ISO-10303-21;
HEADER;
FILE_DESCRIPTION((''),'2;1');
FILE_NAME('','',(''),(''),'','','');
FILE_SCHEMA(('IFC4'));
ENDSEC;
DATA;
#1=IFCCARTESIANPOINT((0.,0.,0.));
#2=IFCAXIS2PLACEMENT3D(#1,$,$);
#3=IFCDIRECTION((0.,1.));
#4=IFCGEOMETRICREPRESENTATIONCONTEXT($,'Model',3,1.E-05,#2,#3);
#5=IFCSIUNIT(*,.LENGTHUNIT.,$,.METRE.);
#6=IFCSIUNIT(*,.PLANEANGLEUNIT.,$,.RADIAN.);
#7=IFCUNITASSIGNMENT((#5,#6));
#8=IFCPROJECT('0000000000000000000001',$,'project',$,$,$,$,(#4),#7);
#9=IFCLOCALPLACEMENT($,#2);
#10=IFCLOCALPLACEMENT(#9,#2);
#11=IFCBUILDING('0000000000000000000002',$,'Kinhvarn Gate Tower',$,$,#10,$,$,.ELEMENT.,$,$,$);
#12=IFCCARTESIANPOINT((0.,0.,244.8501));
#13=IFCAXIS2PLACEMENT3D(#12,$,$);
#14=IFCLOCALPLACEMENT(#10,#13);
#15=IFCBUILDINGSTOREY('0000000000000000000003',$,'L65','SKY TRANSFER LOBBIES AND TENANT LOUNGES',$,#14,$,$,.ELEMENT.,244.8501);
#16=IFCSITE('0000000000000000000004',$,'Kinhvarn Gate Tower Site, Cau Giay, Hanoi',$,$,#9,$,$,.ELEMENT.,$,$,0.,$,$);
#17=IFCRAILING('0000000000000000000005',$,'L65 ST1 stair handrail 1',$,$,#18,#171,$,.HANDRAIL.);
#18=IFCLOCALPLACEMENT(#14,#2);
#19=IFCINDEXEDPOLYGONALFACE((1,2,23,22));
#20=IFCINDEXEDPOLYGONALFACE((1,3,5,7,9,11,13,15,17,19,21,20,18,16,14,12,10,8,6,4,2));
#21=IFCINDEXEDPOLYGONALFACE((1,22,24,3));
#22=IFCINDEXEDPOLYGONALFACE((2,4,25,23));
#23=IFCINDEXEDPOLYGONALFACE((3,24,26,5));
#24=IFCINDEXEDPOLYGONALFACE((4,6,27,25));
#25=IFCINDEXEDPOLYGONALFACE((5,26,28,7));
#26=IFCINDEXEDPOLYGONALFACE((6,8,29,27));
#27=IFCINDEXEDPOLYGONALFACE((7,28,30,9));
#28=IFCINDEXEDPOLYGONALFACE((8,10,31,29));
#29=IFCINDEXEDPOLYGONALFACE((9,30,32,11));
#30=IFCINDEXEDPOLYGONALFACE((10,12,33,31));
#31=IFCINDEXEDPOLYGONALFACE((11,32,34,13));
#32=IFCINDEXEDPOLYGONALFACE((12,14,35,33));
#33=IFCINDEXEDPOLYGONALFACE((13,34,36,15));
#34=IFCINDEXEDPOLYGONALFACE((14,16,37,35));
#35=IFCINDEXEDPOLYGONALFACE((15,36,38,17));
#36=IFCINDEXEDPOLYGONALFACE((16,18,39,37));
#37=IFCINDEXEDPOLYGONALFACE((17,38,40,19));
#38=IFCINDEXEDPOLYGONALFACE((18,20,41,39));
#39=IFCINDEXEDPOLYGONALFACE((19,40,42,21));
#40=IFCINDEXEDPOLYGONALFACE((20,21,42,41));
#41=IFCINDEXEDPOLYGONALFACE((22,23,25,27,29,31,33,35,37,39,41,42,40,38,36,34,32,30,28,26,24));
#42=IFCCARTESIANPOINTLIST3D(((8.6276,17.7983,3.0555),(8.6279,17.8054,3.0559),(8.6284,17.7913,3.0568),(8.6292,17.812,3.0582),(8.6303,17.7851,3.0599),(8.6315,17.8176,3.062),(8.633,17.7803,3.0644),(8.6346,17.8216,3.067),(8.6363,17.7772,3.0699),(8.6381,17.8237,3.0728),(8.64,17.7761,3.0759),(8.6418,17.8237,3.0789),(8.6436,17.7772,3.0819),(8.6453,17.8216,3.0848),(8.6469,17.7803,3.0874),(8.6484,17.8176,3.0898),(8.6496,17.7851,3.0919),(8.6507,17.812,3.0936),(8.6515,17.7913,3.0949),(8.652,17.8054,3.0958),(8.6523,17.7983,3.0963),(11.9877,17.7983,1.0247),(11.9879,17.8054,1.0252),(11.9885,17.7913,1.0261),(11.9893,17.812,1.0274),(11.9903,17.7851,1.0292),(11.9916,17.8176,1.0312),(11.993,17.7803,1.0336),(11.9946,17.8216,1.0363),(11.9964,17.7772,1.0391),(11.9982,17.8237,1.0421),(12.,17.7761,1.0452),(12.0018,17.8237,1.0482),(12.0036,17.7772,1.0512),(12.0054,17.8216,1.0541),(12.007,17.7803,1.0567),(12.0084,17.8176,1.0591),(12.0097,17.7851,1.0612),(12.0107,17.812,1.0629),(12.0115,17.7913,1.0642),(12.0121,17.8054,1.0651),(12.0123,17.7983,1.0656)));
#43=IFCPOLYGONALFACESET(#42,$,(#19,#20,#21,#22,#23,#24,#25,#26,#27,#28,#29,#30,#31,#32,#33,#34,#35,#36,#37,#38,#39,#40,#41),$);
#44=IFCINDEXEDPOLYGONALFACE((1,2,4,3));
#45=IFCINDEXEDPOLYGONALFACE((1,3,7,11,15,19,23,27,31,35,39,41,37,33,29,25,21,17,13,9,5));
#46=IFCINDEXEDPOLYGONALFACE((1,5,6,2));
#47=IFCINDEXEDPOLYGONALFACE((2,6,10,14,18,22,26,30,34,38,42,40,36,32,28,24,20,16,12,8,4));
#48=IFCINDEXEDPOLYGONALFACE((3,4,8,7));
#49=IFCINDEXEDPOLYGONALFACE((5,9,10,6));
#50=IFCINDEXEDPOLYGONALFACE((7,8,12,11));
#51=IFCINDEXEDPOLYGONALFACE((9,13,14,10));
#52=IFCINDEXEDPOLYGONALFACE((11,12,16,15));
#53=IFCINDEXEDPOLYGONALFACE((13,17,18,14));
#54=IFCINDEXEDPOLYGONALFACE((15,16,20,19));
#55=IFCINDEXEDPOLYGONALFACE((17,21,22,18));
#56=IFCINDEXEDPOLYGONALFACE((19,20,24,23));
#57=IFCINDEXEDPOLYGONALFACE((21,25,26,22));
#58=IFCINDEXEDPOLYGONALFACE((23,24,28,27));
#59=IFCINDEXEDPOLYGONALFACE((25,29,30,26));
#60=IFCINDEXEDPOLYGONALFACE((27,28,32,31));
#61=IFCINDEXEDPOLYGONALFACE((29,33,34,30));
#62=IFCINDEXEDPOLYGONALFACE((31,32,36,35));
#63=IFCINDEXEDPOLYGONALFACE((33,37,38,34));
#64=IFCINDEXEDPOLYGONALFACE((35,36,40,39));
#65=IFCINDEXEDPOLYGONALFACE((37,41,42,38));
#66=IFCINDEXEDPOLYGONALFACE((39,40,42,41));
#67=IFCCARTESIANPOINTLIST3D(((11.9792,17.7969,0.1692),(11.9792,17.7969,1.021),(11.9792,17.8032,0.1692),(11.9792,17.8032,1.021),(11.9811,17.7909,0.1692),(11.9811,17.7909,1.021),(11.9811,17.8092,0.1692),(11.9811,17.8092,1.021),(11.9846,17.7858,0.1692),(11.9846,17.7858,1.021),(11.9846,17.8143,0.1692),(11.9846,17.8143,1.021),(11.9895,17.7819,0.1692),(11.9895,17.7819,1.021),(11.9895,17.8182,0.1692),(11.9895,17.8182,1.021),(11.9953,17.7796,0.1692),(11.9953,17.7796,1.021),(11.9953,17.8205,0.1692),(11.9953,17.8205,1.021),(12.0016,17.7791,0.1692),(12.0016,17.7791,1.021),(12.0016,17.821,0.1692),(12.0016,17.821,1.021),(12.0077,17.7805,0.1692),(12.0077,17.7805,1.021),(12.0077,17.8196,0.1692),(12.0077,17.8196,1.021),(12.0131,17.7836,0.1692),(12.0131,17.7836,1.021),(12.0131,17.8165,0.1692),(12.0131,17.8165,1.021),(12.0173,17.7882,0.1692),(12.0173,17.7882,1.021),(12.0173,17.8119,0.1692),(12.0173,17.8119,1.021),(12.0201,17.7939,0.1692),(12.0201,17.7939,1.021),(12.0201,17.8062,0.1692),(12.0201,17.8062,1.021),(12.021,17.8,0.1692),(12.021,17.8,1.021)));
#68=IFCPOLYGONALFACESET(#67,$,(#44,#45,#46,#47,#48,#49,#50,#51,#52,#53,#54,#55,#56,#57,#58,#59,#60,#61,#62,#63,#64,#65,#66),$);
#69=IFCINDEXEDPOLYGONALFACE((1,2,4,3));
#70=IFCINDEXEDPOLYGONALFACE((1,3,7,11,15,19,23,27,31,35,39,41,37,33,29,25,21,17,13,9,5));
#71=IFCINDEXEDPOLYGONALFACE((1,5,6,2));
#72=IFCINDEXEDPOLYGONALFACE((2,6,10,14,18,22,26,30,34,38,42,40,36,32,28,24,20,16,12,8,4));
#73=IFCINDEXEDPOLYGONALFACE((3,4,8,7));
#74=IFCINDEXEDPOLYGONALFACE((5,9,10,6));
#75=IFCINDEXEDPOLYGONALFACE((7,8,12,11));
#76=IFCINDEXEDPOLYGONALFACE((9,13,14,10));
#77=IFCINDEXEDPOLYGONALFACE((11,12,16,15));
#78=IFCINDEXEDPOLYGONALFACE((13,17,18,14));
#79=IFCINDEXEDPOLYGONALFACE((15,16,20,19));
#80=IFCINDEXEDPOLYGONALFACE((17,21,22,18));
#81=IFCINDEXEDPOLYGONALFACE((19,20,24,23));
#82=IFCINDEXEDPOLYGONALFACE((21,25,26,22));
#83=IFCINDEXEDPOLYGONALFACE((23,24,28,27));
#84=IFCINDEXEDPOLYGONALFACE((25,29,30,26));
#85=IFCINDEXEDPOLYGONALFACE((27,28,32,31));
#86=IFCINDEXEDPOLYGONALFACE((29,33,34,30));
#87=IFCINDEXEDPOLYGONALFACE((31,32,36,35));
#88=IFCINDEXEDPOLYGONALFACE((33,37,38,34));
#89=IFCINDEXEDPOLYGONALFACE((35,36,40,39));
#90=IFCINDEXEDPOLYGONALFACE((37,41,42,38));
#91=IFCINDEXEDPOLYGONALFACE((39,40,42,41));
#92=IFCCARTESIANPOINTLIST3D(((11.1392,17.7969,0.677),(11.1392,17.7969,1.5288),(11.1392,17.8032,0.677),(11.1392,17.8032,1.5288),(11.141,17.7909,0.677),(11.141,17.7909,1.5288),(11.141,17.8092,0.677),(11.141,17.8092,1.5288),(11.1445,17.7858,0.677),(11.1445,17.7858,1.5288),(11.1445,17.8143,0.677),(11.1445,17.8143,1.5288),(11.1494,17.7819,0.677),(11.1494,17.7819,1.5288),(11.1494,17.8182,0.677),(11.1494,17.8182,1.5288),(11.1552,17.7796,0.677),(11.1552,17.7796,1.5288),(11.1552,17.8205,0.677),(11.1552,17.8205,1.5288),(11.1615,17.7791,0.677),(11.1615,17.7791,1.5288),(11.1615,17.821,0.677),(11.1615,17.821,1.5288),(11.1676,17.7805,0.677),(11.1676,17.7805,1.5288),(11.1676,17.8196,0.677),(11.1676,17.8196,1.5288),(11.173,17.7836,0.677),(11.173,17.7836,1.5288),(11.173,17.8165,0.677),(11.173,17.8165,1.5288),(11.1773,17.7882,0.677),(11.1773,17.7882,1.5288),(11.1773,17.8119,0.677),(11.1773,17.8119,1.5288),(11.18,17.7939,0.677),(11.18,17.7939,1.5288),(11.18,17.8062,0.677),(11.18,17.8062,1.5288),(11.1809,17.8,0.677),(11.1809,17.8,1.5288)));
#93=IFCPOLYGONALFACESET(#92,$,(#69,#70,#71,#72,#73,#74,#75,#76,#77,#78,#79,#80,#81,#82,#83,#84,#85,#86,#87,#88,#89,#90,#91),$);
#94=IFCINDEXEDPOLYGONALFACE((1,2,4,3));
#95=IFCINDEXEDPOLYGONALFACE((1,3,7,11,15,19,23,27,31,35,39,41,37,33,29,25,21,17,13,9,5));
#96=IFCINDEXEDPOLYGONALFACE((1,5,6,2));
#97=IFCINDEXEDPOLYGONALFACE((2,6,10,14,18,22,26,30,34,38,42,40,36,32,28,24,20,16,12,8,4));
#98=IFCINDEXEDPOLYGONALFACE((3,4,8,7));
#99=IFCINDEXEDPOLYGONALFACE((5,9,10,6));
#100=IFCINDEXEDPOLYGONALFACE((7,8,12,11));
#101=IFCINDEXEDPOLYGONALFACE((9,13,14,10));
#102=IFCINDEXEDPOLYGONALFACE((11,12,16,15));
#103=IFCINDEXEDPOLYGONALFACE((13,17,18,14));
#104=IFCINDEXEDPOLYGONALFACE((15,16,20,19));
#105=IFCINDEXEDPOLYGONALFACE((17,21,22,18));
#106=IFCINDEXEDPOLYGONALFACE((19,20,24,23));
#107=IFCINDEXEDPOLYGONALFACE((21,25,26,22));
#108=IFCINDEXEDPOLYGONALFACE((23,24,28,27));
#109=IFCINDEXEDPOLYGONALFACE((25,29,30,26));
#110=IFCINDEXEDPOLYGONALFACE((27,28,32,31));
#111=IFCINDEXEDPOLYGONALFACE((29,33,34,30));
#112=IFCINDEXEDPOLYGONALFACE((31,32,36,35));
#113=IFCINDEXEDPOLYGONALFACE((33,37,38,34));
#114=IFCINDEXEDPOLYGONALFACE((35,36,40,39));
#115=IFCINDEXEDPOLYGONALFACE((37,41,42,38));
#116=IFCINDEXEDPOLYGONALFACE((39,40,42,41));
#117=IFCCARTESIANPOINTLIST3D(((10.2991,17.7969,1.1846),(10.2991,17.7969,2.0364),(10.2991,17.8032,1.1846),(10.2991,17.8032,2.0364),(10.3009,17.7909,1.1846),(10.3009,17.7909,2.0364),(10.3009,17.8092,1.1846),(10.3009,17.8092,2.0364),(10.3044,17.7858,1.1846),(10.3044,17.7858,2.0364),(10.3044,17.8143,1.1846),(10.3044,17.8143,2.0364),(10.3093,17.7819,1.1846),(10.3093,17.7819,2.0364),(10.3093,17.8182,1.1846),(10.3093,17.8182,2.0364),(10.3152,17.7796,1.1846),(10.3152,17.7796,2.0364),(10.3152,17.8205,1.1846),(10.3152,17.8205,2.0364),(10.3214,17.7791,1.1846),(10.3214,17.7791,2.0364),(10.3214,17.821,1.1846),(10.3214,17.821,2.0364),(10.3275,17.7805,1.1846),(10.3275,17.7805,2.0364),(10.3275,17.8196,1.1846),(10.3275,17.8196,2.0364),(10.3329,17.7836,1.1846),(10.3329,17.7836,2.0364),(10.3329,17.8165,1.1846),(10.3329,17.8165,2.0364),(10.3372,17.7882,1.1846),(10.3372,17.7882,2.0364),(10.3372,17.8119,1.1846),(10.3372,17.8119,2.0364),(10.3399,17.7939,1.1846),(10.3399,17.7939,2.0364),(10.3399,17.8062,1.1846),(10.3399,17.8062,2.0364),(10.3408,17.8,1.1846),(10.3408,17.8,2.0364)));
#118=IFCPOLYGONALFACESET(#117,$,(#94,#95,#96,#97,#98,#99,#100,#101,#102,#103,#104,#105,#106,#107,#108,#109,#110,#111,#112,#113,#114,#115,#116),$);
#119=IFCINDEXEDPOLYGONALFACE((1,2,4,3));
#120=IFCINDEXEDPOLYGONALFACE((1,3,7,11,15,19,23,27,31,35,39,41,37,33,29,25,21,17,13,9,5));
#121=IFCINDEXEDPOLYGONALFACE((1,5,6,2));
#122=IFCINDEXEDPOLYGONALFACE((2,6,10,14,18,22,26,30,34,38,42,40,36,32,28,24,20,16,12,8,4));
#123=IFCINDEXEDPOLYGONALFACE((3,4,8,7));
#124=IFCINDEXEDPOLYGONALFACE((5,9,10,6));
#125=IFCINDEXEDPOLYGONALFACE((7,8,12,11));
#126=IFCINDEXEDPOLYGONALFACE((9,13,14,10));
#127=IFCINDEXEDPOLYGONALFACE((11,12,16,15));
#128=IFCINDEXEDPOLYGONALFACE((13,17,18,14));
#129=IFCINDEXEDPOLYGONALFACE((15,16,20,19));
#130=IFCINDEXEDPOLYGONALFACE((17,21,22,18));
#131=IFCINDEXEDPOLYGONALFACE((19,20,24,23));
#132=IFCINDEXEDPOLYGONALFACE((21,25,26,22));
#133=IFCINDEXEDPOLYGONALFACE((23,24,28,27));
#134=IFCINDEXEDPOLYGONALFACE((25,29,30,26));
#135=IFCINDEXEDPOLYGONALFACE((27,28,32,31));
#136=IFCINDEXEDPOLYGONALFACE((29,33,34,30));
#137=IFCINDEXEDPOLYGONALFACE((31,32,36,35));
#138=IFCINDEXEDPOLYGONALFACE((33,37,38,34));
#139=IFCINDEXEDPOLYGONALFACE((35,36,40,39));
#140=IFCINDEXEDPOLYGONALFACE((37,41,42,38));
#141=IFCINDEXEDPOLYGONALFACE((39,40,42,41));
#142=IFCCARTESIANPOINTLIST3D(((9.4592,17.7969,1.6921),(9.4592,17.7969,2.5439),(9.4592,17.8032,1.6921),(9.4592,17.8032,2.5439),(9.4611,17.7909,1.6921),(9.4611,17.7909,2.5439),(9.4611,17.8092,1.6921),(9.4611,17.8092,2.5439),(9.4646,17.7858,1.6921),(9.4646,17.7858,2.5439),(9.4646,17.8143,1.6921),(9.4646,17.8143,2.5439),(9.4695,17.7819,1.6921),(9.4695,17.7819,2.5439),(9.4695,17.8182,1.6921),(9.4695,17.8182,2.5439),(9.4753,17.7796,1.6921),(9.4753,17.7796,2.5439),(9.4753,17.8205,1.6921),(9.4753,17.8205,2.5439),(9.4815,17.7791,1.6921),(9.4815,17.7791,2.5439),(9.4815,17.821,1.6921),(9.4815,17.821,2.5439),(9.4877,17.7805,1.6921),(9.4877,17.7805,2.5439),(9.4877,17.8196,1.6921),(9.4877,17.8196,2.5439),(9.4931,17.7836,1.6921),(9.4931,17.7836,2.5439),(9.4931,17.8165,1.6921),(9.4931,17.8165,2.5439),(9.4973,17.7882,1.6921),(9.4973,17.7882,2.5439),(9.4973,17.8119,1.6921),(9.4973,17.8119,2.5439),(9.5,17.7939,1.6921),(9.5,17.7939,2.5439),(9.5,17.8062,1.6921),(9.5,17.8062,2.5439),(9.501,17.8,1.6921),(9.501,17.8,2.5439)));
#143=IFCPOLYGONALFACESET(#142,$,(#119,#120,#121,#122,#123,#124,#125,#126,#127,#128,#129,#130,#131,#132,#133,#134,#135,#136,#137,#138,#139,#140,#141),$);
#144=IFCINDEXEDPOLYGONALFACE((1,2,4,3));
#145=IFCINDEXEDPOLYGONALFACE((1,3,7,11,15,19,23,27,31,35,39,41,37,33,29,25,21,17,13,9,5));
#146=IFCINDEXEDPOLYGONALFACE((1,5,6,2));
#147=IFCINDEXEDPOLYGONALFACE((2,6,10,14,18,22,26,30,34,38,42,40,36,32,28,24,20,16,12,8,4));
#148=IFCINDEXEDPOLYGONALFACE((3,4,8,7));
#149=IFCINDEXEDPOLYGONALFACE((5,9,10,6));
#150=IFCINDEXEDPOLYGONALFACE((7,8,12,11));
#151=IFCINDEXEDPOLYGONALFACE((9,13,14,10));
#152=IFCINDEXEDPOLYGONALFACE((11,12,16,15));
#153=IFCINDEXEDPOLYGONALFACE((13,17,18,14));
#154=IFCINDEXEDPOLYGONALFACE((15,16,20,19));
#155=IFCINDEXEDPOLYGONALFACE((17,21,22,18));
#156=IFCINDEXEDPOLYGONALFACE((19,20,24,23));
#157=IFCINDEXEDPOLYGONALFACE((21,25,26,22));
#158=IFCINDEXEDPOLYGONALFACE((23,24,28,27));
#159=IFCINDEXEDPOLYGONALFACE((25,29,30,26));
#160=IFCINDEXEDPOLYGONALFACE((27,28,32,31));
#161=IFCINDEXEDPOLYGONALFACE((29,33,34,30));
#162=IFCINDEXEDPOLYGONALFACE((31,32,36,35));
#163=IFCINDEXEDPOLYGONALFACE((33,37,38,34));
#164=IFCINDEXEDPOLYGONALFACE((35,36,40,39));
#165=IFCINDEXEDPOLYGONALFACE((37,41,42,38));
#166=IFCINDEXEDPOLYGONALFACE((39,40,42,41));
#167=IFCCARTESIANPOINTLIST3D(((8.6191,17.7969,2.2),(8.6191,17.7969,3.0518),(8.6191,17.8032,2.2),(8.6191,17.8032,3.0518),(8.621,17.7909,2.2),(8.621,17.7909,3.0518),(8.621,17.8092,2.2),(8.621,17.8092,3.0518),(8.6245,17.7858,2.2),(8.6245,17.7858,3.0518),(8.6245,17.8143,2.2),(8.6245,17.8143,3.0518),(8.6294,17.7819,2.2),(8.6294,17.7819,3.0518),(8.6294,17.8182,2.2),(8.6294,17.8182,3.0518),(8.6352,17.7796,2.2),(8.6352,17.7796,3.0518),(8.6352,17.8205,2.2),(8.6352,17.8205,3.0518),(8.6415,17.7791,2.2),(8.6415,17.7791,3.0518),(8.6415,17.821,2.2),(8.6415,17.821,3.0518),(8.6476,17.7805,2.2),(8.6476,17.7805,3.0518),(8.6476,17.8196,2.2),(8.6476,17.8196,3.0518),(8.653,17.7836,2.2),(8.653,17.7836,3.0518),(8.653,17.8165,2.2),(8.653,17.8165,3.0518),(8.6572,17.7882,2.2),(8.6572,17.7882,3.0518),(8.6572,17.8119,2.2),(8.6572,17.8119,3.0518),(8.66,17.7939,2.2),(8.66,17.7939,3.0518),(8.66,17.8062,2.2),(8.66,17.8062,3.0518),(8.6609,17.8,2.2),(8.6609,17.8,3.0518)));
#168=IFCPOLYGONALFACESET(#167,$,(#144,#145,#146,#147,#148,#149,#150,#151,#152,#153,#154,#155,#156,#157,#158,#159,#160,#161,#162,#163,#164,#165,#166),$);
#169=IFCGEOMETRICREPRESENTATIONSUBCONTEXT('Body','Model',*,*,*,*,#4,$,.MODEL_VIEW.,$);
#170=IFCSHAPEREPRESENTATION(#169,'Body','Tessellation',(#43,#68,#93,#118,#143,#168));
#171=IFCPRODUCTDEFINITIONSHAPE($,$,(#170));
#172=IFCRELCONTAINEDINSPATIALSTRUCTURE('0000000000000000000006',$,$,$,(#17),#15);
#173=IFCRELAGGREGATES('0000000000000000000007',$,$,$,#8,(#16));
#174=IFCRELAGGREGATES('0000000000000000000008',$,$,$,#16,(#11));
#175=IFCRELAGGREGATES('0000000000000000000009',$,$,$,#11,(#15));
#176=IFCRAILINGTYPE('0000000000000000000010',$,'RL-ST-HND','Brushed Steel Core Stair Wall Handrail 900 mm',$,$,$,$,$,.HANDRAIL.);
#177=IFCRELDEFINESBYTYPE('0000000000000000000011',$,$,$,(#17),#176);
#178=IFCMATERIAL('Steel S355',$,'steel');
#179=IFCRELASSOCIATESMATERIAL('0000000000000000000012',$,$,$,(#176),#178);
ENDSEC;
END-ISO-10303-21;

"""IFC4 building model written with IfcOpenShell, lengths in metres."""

from ifc_helpers import new_model, si_unit, direction, frame, origin, origin_2d, place, context, subcontext, project, spatial, circle, extrude, material, type_object, element, save


model = new_model("IFC4")

# Units and contexts
model_context = context("Model", 3, precision=1e-05, world=origin(), true_north=direction((0.0, 1.0)))
body_context = subcontext(model_context, "Body", "Model", "MODEL_VIEW")
ifc_project = project(units=[si_unit("LENGTHUNIT", "METRE"), si_unit("PLANEANGLEUNIT", "RADIAN")], contexts=[model_context])

# Site, building, storey
site_placement = place(None, origin())
site = spatial("IfcSite", under=ifc_project, at=site_placement, Name="Kinhvarn Gate Tower Site, Cau Giay, Hanoi", CompositionType="ELEMENT", RefElevation=0.0)
building_placement = place(site_placement, origin())
building = spatial("IfcBuilding", under=site, at=building_placement, Name="Kinhvarn Gate Tower", CompositionType="ELEMENT")
storey_placement = place(building_placement, frame((0.0, 0.0, 244.8501)))
storey = spatial("IfcBuildingStorey", under=building, at=storey_placement, Name="L65", Description="SKY TRANSFER LOBBIES AND TENANT LOUNGES", CompositionType="ELEMENT", Elevation=244.8501)

# Shared definitions
ifc_material_1 = material(Name="Steel S355", Category="steel")

# Railing
railing_type_1 = type_object("IfcRailingType", Name="RL-ST-HND", Description="Brushed Steel Core Stair Wall Handrail 900 mm", PredefinedType="HANDRAIL", material=ifc_material_1)
railing_1_placement = place(storey_placement, frame((12.0, 17.8, 0.1692)))
element("IfcRailing", 1, at=railing_1_placement, inside=storey, type_object=railing_type_1, Name="L65 ST1 stair handrail 1", PredefinedType="HANDRAIL", context=body_context, shape_type="SweptSolid", body=[
    extrude(circle(Radius=0.0239, at=origin_2d()), frame((0.0, 0.0, 0.876), z_axis=(-0.855837, 0.0, 0.517246), x_axis=(0.0, -1.0, 0.0)), (0.0, 0.0, 1.0), 3.926),
    extrude(circle(Radius=0.021, at=origin_2d()), origin(), (0.0, 0.0, 1.0), 0.8518),
    extrude(circle(Radius=0.021, at=origin_2d()), frame((-0.8401, 0.0, 0.5078)), (0.0, 0.0, 1.0), 0.8518),
    extrude(circle(Radius=0.021, at=origin_2d()), frame((-1.6802, 0.0, 1.0154)), (0.0, 0.0, 1.0), 0.8518),
    extrude(circle(Radius=0.021, at=origin_2d()), frame((-2.52, 0.0, 1.5229)), (0.0, 0.0, 1.0), 0.8518),
    extrude(circle(Radius=0.021, at=origin_2d()), frame((-3.3601, 0.0, 2.0308)), (0.0, 0.0, 1.0), 0.8518),
])

save(model, "model.ifc")
